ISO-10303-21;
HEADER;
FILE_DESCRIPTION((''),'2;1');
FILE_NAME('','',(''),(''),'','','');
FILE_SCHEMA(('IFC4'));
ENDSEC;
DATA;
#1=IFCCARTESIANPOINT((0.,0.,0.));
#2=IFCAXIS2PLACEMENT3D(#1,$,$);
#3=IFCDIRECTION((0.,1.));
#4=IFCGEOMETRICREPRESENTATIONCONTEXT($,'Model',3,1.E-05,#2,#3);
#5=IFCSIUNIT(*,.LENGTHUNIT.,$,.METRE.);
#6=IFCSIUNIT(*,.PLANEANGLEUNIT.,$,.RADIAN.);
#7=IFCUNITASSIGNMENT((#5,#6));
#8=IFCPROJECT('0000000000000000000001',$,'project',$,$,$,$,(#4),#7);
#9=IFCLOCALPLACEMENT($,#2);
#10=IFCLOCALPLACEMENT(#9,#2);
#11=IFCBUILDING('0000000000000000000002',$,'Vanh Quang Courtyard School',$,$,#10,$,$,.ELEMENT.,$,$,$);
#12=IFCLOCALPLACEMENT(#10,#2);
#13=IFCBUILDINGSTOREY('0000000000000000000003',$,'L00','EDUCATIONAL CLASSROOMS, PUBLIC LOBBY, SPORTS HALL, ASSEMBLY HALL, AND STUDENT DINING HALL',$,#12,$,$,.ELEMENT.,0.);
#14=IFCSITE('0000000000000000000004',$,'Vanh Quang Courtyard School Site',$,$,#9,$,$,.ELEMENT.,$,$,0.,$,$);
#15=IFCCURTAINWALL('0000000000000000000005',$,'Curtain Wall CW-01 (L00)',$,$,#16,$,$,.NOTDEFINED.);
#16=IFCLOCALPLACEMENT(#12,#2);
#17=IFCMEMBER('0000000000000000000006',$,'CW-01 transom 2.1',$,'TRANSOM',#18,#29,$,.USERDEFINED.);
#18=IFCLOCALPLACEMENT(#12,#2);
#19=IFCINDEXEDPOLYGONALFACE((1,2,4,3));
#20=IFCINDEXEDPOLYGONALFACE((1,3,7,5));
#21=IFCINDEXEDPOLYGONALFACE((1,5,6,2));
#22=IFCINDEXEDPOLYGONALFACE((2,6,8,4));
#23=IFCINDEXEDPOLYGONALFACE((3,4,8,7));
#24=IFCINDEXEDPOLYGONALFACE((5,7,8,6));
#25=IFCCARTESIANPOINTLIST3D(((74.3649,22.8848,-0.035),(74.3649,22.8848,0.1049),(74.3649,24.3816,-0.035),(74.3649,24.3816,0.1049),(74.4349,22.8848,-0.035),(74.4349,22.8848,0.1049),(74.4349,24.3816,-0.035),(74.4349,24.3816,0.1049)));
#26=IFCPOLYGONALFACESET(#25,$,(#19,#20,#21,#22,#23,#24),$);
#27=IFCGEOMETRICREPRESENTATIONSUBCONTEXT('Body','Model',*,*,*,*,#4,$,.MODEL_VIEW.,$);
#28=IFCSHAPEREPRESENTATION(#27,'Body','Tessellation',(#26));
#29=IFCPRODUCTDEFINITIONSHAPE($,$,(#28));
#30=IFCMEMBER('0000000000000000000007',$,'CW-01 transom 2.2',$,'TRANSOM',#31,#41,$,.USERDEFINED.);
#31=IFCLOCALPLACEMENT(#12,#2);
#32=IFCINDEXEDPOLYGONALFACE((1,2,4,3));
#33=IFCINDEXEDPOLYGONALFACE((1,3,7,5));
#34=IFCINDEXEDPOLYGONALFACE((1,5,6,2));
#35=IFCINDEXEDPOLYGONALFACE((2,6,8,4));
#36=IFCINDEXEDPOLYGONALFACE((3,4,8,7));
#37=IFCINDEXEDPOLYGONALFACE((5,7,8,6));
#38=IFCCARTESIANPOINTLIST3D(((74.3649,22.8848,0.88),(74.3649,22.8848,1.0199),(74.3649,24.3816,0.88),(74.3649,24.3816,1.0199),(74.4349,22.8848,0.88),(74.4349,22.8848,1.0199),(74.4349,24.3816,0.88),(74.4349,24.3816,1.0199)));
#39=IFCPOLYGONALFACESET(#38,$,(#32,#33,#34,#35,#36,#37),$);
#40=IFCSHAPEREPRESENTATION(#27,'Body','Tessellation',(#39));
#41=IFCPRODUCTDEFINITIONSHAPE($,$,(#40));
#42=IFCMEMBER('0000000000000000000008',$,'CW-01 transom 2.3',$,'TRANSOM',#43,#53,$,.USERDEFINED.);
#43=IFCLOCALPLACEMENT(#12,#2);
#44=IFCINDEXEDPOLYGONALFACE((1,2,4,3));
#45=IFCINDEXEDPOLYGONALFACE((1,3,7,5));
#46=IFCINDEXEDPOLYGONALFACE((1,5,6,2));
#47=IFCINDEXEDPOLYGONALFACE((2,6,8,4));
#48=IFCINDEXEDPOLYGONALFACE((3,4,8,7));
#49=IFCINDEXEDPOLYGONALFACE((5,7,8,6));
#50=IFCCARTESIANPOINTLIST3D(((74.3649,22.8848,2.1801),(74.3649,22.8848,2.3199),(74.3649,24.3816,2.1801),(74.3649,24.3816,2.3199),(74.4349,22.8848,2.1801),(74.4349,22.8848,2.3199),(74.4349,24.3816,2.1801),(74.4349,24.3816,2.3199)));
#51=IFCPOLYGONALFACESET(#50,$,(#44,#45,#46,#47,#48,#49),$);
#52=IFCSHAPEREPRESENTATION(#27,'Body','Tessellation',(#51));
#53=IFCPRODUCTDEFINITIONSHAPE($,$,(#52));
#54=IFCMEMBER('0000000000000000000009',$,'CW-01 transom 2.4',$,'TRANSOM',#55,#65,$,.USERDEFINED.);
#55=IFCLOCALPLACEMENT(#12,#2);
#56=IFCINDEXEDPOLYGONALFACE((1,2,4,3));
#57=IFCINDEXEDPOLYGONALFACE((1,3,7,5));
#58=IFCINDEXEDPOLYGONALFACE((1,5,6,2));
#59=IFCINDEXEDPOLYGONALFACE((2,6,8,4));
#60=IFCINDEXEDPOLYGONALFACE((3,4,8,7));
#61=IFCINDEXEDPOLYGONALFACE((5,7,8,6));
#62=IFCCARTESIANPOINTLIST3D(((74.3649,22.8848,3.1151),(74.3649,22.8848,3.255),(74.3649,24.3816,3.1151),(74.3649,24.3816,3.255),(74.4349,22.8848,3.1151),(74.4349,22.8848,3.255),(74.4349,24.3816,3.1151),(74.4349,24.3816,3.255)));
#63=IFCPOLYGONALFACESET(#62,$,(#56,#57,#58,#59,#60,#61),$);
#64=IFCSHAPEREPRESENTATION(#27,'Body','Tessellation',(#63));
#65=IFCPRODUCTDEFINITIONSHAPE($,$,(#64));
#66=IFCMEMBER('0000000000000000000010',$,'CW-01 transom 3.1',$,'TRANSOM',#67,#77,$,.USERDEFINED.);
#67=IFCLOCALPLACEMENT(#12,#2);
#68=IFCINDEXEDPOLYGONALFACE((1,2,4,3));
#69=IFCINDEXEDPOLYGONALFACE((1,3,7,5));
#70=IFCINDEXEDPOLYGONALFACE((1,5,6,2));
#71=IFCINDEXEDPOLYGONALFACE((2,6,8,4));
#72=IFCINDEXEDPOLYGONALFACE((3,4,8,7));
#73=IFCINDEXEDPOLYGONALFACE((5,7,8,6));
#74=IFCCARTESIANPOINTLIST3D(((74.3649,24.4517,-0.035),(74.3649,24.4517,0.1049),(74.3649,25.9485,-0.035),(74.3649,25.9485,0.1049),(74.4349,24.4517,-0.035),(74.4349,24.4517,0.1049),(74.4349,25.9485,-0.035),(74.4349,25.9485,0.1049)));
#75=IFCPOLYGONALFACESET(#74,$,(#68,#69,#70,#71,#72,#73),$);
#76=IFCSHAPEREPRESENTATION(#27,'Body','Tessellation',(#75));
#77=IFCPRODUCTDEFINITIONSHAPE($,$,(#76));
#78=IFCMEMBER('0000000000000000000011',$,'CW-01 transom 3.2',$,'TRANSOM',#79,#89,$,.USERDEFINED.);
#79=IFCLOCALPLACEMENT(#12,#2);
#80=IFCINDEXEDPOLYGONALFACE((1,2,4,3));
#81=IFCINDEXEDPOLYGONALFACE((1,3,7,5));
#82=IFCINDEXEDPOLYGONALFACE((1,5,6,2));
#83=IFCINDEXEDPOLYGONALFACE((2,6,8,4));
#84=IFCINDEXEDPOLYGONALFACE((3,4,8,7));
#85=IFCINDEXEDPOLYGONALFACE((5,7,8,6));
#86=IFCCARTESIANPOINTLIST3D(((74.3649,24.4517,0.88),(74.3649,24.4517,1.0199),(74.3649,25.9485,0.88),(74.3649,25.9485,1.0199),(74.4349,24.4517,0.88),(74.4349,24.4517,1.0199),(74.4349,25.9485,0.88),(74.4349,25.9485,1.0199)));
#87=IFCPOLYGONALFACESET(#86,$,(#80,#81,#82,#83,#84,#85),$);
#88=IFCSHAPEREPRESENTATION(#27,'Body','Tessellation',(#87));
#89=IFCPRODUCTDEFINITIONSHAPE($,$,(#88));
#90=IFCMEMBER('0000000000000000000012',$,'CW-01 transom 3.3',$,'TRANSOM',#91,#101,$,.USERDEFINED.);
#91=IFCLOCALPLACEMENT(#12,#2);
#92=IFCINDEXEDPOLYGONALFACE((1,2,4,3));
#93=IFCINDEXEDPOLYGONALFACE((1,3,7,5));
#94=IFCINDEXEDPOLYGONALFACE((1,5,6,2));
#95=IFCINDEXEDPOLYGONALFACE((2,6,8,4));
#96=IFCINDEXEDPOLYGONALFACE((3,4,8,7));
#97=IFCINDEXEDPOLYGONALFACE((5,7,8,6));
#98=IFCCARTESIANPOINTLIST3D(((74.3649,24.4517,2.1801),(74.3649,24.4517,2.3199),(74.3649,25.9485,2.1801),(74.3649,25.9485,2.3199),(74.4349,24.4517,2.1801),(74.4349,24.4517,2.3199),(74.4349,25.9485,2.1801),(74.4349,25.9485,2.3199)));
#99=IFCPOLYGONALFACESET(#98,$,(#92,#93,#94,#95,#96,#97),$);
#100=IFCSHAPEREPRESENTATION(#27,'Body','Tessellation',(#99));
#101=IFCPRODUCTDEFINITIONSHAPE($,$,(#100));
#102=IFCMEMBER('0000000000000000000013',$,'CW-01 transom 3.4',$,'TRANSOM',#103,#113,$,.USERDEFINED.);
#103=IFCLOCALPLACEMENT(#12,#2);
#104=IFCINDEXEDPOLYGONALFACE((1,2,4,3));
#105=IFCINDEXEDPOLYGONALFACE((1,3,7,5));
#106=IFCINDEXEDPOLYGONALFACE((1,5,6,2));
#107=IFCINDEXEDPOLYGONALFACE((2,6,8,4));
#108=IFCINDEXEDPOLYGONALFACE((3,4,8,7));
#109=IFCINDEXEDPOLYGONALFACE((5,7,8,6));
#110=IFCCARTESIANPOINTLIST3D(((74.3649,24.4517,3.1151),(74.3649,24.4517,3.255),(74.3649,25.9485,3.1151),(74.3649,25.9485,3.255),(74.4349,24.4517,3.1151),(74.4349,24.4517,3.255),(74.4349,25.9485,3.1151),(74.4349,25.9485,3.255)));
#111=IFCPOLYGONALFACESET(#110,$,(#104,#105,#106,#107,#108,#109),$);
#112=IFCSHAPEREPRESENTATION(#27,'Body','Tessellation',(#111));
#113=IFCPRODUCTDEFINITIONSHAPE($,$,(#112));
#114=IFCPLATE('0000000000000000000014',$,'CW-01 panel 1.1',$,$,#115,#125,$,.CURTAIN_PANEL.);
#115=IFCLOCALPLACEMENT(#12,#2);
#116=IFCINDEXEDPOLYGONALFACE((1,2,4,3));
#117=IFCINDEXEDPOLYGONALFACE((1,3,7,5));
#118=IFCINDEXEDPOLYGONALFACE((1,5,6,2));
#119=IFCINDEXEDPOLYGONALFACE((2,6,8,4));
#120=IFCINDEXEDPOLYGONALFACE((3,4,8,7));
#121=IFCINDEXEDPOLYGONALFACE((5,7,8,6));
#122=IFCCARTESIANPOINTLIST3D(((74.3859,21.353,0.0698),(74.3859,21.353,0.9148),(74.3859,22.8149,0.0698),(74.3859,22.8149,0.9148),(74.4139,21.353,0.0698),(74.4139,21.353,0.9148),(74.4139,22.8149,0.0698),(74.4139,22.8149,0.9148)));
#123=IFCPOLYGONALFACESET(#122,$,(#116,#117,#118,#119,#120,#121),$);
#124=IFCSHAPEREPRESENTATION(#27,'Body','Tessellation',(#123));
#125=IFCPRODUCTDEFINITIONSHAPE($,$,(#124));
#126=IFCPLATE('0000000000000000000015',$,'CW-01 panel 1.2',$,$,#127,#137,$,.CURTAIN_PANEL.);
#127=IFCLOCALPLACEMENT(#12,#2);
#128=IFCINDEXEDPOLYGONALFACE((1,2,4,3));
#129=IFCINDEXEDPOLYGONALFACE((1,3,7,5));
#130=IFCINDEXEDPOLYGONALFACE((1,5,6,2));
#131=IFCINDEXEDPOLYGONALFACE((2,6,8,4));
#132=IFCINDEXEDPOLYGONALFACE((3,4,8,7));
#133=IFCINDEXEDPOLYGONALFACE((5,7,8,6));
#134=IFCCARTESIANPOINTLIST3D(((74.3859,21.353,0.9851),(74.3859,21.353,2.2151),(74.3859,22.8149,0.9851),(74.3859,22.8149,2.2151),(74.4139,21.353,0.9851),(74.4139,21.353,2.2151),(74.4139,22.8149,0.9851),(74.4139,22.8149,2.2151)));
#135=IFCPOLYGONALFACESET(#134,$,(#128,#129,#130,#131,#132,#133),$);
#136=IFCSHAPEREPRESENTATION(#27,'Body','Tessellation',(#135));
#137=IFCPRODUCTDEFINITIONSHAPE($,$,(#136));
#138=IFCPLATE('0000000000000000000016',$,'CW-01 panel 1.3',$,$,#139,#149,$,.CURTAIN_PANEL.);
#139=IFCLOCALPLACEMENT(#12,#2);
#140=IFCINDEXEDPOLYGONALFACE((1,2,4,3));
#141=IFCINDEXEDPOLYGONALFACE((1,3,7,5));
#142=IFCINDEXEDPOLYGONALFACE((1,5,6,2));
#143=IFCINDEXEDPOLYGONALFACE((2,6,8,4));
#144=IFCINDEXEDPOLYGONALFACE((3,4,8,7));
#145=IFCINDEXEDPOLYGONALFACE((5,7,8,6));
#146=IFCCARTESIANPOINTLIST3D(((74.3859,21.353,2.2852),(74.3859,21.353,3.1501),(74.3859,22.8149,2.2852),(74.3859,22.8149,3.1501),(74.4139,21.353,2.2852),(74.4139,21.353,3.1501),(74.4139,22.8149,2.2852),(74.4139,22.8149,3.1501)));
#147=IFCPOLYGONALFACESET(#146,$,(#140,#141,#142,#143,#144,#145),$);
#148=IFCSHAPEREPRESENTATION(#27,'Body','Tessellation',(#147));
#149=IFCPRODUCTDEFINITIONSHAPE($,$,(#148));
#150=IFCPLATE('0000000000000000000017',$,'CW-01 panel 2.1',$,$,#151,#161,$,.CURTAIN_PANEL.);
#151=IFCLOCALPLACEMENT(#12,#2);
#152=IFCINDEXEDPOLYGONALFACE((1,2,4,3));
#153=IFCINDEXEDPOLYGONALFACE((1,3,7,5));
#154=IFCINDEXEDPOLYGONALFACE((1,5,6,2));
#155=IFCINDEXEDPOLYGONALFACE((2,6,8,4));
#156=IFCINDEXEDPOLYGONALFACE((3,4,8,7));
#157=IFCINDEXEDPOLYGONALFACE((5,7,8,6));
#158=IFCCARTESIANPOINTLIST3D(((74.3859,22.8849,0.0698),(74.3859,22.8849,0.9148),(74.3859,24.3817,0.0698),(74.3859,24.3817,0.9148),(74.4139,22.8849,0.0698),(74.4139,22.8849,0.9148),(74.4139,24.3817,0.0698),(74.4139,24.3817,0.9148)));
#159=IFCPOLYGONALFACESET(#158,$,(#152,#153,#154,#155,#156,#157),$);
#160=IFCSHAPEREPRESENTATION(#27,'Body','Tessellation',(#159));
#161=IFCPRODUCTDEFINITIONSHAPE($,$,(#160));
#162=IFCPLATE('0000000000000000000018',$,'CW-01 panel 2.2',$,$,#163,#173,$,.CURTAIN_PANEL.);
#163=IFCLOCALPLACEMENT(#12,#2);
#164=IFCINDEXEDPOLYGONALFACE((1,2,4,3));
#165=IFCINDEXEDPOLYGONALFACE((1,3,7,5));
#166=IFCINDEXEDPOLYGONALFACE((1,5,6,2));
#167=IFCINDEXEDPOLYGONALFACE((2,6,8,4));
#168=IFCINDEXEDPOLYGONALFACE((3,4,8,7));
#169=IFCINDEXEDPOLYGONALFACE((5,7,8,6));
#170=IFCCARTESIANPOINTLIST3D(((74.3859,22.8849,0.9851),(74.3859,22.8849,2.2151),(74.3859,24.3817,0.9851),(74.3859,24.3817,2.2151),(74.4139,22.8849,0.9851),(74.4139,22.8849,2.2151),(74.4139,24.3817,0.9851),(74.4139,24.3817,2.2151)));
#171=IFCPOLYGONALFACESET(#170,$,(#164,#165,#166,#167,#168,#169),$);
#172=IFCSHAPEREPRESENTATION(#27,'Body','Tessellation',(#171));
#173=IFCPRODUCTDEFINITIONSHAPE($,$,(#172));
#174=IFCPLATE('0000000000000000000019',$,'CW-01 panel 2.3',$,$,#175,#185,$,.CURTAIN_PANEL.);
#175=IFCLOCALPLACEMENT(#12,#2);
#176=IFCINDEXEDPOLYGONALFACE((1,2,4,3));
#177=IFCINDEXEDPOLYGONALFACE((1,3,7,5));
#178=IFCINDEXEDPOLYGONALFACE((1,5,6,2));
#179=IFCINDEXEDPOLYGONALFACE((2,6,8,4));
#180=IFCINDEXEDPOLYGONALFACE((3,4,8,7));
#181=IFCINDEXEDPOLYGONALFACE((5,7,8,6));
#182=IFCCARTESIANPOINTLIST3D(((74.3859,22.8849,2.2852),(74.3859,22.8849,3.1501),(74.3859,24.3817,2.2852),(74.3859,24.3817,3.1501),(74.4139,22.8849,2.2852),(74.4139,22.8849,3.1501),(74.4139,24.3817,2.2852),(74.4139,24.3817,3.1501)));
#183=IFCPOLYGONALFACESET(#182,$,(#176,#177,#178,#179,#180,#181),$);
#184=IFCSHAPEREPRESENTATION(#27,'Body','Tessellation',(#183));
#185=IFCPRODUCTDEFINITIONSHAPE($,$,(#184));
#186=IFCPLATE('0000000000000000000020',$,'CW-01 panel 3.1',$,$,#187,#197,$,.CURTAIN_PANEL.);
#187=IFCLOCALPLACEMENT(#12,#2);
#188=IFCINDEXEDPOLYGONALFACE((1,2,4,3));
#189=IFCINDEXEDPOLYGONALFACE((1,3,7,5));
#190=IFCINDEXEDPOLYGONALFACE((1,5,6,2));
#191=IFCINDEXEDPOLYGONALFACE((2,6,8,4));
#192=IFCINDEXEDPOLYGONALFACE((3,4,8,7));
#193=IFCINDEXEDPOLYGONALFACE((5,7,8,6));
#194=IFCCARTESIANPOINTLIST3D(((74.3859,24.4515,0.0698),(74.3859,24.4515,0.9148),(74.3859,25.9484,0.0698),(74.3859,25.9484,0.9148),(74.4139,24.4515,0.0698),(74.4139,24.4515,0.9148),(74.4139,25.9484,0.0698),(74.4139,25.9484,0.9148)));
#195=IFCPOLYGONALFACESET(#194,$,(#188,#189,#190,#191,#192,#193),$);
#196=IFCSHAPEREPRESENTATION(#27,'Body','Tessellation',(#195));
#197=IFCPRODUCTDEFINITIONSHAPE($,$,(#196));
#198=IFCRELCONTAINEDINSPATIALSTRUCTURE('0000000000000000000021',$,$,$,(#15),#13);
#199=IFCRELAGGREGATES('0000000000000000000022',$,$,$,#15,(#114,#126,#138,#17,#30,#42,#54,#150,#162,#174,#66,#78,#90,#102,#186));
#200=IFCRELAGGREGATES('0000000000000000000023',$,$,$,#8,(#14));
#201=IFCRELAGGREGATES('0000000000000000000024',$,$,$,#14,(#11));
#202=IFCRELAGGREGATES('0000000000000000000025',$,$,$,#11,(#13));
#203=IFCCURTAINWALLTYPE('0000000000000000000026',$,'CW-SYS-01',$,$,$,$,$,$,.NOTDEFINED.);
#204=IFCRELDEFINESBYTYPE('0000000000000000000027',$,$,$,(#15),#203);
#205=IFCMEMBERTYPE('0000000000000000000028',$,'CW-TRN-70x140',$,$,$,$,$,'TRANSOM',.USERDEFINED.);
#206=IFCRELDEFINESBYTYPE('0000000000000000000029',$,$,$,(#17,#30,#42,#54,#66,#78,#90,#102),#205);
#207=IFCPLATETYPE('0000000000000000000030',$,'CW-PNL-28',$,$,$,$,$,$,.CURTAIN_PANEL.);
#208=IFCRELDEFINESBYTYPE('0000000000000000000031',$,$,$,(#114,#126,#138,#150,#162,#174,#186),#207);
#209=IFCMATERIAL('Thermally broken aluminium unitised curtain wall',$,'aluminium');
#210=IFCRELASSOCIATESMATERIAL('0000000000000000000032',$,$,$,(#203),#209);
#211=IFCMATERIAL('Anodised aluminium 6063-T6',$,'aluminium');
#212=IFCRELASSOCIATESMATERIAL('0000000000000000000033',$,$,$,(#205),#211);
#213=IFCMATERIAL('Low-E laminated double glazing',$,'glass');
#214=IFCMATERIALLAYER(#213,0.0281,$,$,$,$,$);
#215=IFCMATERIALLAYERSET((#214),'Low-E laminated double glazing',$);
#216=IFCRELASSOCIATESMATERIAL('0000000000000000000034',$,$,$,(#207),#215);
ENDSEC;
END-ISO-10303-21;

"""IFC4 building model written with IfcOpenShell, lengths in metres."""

from ifc_helpers import new_model, si_unit, direction, frame, origin, origin_2d, place, context, subcontext, project, spatial, rectangle, extrude, material, layer, layer_set, material_profile, profile_set, type_object, element, aggregate, save


model = new_model("IFC4")

# Units and contexts
model_context = context("Model", 3, precision=1e-05, world=origin(), true_north=direction((0.0, 1.0)))
body_context = subcontext(model_context, "Body", "Model", "MODEL_VIEW")
ifc_project = project(units=[si_unit("LENGTHUNIT", "METRE"), si_unit("PLANEANGLEUNIT", "RADIAN")], contexts=[model_context])

# Site, building, storey
site_placement = place(None, origin())
site = spatial("IfcSite", under=ifc_project, at=site_placement, Name="Vanh Quang Courtyard School Site", CompositionType="ELEMENT", RefElevation=0.0)
building_placement = place(site_placement, origin())
building = spatial("IfcBuilding", under=site, at=building_placement, Name="Vanh Quang Courtyard School", CompositionType="ELEMENT")
storey_placement = place(building_placement, origin())
storey = spatial("IfcBuildingStorey", under=building, at=storey_placement, Name="L00", Description="EDUCATIONAL CLASSROOMS, PUBLIC LOBBY, SPORTS HALL, ASSEMBLY HALL, AND STUDENT DINING HALL", CompositionType="ELEMENT", Elevation=0.0)

# Curtain wall, members, plates
ifc_material_1 = material(Name="Thermally broken aluminium unitised curtain wall", Category="aluminium")
curtain_wall_type = type_object("IfcCurtainWallType", Name="CW-SYS-01", PredefinedType="NOTDEFINED", material=ifc_material_1)
curtain_wall_placement = place(storey_placement, origin())
curtain_wall = element("IfcCurtainWall", 1, at=curtain_wall_placement, inside=storey, type_object=curtain_wall_type, Name="Curtain Wall CW-01 (L00)", PredefinedType="NOTDEFINED")
ifc_material_2 = material(Name="Anodised aluminium 6063-T6", Category="aluminium")
ifc_material_profile_1 = material_profile(ifc_material_2, rectangle(XDim=0.0701, YDim=0.1399, at=origin_2d()), Name="ALU-TRN 70x140")
ifc_profile_set_1 = profile_set([ifc_material_profile_1], Name="Anodised aluminium 6063-T6")
member_type_1 = type_object("IfcMemberType", Name="CW-TRN-70x140", ElementType="TRANSOM", PredefinedType="USERDEFINED", material=ifc_profile_set_1)
member_1_placement = place(storey_placement, frame((74.3999, 22.8848, 0.0349), z_axis=(0.0, 1.0, 0.0), x_axis=(-1.0, 0.0, 0.0)))
member_1 = element("IfcMember", 2, at=member_1_placement, type_object=member_type_1, Name="CW-01 transom 2.1", ObjectType="TRANSOM", PredefinedType="USERDEFINED", context=body_context, shape_type="SweptSolid", body=[
    extrude(rectangle(XDim=0.0701, YDim=0.1399, at=origin_2d()), origin(), (0.0, 0.0, 1.0), 1.4968),
])
member_2_placement = place(storey_placement, frame((74.3999, 22.8848, 0.95), z_axis=(0.0, 1.0, 0.0), x_axis=(-1.0, 0.0, 0.0)))
member_2 = element("IfcMember", 3, at=member_2_placement, type_object=member_type_1, Name="CW-01 transom 2.2", ObjectType="TRANSOM", PredefinedType="USERDEFINED", context=body_context, shape_type="SweptSolid", body=[
    extrude(rectangle(XDim=0.0701, YDim=0.1399, at=origin_2d()), origin(), (0.0, 0.0, 1.0), 1.4968),
])
member_3_placement = place(storey_placement, frame((74.3999, 22.8848, 2.25), z_axis=(0.0, 1.0, 0.0), x_axis=(-1.0, 0.0, 0.0)))
member_3 = element("IfcMember", 4, at=member_3_placement, type_object=member_type_1, Name="CW-01 transom 2.3", ObjectType="TRANSOM", PredefinedType="USERDEFINED", context=body_context, shape_type="SweptSolid", body=[
    extrude(rectangle(XDim=0.0701, YDim=0.1399, at=origin_2d()), origin(), (0.0, 0.0, 1.0), 1.4968),
])
member_4_placement = place(storey_placement, frame((74.3999, 22.8848, 3.1851), z_axis=(0.0, 1.0, 0.0), x_axis=(-1.0, 0.0, 0.0)))
member_4 = element("IfcMember", 5, at=member_4_placement, type_object=member_type_1, Name="CW-01 transom 2.4", ObjectType="TRANSOM", PredefinedType="USERDEFINED", context=body_context, shape_type="SweptSolid", body=[
    extrude(rectangle(XDim=0.0701, YDim=0.1399, at=origin_2d()), origin(), (0.0, 0.0, 1.0), 1.4968),
])
member_5_placement = place(storey_placement, frame((74.3999, 24.4517, 0.0349), z_axis=(0.0, 1.0, 0.0), x_axis=(-1.0, 0.0, 0.0)))
member_5 = element("IfcMember", 6, at=member_5_placement, type_object=member_type_1, Name="CW-01 transom 3.1", ObjectType="TRANSOM", PredefinedType="USERDEFINED", context=body_context, shape_type="SweptSolid", body=[
    extrude(rectangle(XDim=0.0701, YDim=0.1399, at=origin_2d()), origin(), (0.0, 0.0, 1.0), 1.4968),
])
member_6_placement = place(storey_placement, frame((74.3999, 24.4517, 0.95), z_axis=(0.0, 1.0, 0.0), x_axis=(-1.0, 0.0, 0.0)))
member_6 = element("IfcMember", 7, at=member_6_placement, type_object=member_type_1, Name="CW-01 transom 3.2", ObjectType="TRANSOM", PredefinedType="USERDEFINED", context=body_context, shape_type="SweptSolid", body=[
    extrude(rectangle(XDim=0.0701, YDim=0.1399, at=origin_2d()), origin(), (0.0, 0.0, 1.0), 1.4968),
])
member_7_placement = place(storey_placement, frame((74.3999, 24.4517, 2.25), z_axis=(0.0, 1.0, 0.0), x_axis=(-1.0, 0.0, 0.0)))
member_7 = element("IfcMember", 8, at=member_7_placement, type_object=member_type_1, Name="CW-01 transom 3.3", ObjectType="TRANSOM", PredefinedType="USERDEFINED", context=body_context, shape_type="SweptSolid", body=[
    extrude(rectangle(XDim=0.0701, YDim=0.1399, at=origin_2d()), origin(), (0.0, 0.0, 1.0), 1.4968),
])
member_8_placement = place(storey_placement, frame((74.3999, 24.4517, 3.1851), z_axis=(0.0, 1.0, 0.0), x_axis=(-1.0, 0.0, 0.0)))
member_8 = element("IfcMember", 9, at=member_8_placement, type_object=member_type_1, Name="CW-01 transom 3.4", ObjectType="TRANSOM", PredefinedType="USERDEFINED", context=body_context, shape_type="SweptSolid", body=[
    extrude(rectangle(XDim=0.0701, YDim=0.1399, at=origin_2d()), origin(), (0.0, 0.0, 1.0), 1.4968),
])
ifc_material_3 = material(Name="Low-E laminated double glazing", Category="glass")
ifc_layer = layer(ifc_material_3, 0.0281)
ifc_layer_set = layer_set([ifc_layer], Name="Low-E laminated double glazing")
plate_type = type_object("IfcPlateType", Name="CW-PNL-28", PredefinedType="CURTAIN_PANEL", material=ifc_layer_set)
plate_1_placement = place(storey_placement, frame((74.3999, 22.084, 0.0698), z_axis=(0.0, 0.0, 1.0), x_axis=(0.0, 1.0, 0.0)))
plate_1 = element("IfcPlate", 10, at=plate_1_placement, type_object=plate_type, Name="CW-01 panel 1.1", PredefinedType="CURTAIN_PANEL", context=body_context, shape_type="SweptSolid", body=[
    extrude(rectangle(XDim=1.4619, YDim=0.0281, at=origin_2d()), origin(), (0.0, 0.0, 1.0), 0.845),
])
plate_2_placement = place(storey_placement, frame((74.3999, 22.084, 0.9851), z_axis=(0.0, 0.0, 1.0), x_axis=(0.0, 1.0, 0.0)))
plate_2 = element("IfcPlate", 11, at=plate_2_placement, type_object=plate_type, Name="CW-01 panel 1.2", PredefinedType="CURTAIN_PANEL", context=body_context, shape_type="SweptSolid", body=[
    extrude(rectangle(XDim=1.4619, YDim=0.0281, at=origin_2d()), origin(), (0.0, 0.0, 1.0), 1.23),
])
plate_3_placement = place(storey_placement, frame((74.3999, 22.084, 2.2852), z_axis=(0.0, 0.0, 1.0), x_axis=(0.0, 1.0, 0.0)))
plate_3 = element("IfcPlate", 12, at=plate_3_placement, type_object=plate_type, Name="CW-01 panel 1.3", PredefinedType="CURTAIN_PANEL", context=body_context, shape_type="SweptSolid", body=[
    extrude(rectangle(XDim=1.4619, YDim=0.0281, at=origin_2d()), origin(), (0.0, 0.0, 1.0), 0.865),
])
plate_4_placement = place(storey_placement, frame((74.3999, 23.6333, 0.0698), z_axis=(0.0, 0.0, 1.0), x_axis=(0.0, 1.0, 0.0)))
plate_4 = element("IfcPlate", 13, at=plate_4_placement, type_object=plate_type, Name="CW-01 panel 2.1", PredefinedType="CURTAIN_PANEL", context=body_context, shape_type="SweptSolid", body=[
    extrude(rectangle(XDim=1.4968, YDim=0.0281, at=origin_2d()), origin(), (0.0, 0.0, 1.0), 0.845),
])
plate_5_placement = place(storey_placement, frame((74.3999, 23.6333, 0.9851), z_axis=(0.0, 0.0, 1.0), x_axis=(0.0, 1.0, 0.0)))
plate_5 = element("IfcPlate", 14, at=plate_5_placement, type_object=plate_type, Name="CW-01 panel 2.2", PredefinedType="CURTAIN_PANEL", context=body_context, shape_type="SweptSolid", body=[
    extrude(rectangle(XDim=1.4968, YDim=0.0281, at=origin_2d()), origin(), (0.0, 0.0, 1.0), 1.23),
])
plate_6_placement = place(storey_placement, frame((74.3999, 23.6333, 2.2852), z_axis=(0.0, 0.0, 1.0), x_axis=(0.0, 1.0, 0.0)))
plate_6 = element("IfcPlate", 15, at=plate_6_placement, type_object=plate_type, Name="CW-01 panel 2.3", PredefinedType="CURTAIN_PANEL", context=body_context, shape_type="SweptSolid", body=[
    extrude(rectangle(XDim=1.4968, YDim=0.0281, at=origin_2d()), origin(), (0.0, 0.0, 1.0), 0.865),
])
plate_7_placement = place(storey_placement, frame((74.3999, 25.2, 0.0698), z_axis=(0.0, 0.0, 1.0), x_axis=(0.0, 1.0, 0.0)))
plate_7 = element("IfcPlate", 16, at=plate_7_placement, type_object=plate_type, Name="CW-01 panel 3.1", PredefinedType="CURTAIN_PANEL", context=body_context, shape_type="SweptSolid", body=[
    extrude(rectangle(XDim=1.4968, YDim=0.0281, at=origin_2d()), origin(), (0.0, 0.0, 1.0), 0.845),
])
aggregate(curtain_wall, [plate_1, plate_2, plate_3, member_1, member_2, member_3, member_4, plate_4, plate_5, plate_6, member_5, member_6, member_7, member_8, plate_7])

save(model, "model.ifc")
